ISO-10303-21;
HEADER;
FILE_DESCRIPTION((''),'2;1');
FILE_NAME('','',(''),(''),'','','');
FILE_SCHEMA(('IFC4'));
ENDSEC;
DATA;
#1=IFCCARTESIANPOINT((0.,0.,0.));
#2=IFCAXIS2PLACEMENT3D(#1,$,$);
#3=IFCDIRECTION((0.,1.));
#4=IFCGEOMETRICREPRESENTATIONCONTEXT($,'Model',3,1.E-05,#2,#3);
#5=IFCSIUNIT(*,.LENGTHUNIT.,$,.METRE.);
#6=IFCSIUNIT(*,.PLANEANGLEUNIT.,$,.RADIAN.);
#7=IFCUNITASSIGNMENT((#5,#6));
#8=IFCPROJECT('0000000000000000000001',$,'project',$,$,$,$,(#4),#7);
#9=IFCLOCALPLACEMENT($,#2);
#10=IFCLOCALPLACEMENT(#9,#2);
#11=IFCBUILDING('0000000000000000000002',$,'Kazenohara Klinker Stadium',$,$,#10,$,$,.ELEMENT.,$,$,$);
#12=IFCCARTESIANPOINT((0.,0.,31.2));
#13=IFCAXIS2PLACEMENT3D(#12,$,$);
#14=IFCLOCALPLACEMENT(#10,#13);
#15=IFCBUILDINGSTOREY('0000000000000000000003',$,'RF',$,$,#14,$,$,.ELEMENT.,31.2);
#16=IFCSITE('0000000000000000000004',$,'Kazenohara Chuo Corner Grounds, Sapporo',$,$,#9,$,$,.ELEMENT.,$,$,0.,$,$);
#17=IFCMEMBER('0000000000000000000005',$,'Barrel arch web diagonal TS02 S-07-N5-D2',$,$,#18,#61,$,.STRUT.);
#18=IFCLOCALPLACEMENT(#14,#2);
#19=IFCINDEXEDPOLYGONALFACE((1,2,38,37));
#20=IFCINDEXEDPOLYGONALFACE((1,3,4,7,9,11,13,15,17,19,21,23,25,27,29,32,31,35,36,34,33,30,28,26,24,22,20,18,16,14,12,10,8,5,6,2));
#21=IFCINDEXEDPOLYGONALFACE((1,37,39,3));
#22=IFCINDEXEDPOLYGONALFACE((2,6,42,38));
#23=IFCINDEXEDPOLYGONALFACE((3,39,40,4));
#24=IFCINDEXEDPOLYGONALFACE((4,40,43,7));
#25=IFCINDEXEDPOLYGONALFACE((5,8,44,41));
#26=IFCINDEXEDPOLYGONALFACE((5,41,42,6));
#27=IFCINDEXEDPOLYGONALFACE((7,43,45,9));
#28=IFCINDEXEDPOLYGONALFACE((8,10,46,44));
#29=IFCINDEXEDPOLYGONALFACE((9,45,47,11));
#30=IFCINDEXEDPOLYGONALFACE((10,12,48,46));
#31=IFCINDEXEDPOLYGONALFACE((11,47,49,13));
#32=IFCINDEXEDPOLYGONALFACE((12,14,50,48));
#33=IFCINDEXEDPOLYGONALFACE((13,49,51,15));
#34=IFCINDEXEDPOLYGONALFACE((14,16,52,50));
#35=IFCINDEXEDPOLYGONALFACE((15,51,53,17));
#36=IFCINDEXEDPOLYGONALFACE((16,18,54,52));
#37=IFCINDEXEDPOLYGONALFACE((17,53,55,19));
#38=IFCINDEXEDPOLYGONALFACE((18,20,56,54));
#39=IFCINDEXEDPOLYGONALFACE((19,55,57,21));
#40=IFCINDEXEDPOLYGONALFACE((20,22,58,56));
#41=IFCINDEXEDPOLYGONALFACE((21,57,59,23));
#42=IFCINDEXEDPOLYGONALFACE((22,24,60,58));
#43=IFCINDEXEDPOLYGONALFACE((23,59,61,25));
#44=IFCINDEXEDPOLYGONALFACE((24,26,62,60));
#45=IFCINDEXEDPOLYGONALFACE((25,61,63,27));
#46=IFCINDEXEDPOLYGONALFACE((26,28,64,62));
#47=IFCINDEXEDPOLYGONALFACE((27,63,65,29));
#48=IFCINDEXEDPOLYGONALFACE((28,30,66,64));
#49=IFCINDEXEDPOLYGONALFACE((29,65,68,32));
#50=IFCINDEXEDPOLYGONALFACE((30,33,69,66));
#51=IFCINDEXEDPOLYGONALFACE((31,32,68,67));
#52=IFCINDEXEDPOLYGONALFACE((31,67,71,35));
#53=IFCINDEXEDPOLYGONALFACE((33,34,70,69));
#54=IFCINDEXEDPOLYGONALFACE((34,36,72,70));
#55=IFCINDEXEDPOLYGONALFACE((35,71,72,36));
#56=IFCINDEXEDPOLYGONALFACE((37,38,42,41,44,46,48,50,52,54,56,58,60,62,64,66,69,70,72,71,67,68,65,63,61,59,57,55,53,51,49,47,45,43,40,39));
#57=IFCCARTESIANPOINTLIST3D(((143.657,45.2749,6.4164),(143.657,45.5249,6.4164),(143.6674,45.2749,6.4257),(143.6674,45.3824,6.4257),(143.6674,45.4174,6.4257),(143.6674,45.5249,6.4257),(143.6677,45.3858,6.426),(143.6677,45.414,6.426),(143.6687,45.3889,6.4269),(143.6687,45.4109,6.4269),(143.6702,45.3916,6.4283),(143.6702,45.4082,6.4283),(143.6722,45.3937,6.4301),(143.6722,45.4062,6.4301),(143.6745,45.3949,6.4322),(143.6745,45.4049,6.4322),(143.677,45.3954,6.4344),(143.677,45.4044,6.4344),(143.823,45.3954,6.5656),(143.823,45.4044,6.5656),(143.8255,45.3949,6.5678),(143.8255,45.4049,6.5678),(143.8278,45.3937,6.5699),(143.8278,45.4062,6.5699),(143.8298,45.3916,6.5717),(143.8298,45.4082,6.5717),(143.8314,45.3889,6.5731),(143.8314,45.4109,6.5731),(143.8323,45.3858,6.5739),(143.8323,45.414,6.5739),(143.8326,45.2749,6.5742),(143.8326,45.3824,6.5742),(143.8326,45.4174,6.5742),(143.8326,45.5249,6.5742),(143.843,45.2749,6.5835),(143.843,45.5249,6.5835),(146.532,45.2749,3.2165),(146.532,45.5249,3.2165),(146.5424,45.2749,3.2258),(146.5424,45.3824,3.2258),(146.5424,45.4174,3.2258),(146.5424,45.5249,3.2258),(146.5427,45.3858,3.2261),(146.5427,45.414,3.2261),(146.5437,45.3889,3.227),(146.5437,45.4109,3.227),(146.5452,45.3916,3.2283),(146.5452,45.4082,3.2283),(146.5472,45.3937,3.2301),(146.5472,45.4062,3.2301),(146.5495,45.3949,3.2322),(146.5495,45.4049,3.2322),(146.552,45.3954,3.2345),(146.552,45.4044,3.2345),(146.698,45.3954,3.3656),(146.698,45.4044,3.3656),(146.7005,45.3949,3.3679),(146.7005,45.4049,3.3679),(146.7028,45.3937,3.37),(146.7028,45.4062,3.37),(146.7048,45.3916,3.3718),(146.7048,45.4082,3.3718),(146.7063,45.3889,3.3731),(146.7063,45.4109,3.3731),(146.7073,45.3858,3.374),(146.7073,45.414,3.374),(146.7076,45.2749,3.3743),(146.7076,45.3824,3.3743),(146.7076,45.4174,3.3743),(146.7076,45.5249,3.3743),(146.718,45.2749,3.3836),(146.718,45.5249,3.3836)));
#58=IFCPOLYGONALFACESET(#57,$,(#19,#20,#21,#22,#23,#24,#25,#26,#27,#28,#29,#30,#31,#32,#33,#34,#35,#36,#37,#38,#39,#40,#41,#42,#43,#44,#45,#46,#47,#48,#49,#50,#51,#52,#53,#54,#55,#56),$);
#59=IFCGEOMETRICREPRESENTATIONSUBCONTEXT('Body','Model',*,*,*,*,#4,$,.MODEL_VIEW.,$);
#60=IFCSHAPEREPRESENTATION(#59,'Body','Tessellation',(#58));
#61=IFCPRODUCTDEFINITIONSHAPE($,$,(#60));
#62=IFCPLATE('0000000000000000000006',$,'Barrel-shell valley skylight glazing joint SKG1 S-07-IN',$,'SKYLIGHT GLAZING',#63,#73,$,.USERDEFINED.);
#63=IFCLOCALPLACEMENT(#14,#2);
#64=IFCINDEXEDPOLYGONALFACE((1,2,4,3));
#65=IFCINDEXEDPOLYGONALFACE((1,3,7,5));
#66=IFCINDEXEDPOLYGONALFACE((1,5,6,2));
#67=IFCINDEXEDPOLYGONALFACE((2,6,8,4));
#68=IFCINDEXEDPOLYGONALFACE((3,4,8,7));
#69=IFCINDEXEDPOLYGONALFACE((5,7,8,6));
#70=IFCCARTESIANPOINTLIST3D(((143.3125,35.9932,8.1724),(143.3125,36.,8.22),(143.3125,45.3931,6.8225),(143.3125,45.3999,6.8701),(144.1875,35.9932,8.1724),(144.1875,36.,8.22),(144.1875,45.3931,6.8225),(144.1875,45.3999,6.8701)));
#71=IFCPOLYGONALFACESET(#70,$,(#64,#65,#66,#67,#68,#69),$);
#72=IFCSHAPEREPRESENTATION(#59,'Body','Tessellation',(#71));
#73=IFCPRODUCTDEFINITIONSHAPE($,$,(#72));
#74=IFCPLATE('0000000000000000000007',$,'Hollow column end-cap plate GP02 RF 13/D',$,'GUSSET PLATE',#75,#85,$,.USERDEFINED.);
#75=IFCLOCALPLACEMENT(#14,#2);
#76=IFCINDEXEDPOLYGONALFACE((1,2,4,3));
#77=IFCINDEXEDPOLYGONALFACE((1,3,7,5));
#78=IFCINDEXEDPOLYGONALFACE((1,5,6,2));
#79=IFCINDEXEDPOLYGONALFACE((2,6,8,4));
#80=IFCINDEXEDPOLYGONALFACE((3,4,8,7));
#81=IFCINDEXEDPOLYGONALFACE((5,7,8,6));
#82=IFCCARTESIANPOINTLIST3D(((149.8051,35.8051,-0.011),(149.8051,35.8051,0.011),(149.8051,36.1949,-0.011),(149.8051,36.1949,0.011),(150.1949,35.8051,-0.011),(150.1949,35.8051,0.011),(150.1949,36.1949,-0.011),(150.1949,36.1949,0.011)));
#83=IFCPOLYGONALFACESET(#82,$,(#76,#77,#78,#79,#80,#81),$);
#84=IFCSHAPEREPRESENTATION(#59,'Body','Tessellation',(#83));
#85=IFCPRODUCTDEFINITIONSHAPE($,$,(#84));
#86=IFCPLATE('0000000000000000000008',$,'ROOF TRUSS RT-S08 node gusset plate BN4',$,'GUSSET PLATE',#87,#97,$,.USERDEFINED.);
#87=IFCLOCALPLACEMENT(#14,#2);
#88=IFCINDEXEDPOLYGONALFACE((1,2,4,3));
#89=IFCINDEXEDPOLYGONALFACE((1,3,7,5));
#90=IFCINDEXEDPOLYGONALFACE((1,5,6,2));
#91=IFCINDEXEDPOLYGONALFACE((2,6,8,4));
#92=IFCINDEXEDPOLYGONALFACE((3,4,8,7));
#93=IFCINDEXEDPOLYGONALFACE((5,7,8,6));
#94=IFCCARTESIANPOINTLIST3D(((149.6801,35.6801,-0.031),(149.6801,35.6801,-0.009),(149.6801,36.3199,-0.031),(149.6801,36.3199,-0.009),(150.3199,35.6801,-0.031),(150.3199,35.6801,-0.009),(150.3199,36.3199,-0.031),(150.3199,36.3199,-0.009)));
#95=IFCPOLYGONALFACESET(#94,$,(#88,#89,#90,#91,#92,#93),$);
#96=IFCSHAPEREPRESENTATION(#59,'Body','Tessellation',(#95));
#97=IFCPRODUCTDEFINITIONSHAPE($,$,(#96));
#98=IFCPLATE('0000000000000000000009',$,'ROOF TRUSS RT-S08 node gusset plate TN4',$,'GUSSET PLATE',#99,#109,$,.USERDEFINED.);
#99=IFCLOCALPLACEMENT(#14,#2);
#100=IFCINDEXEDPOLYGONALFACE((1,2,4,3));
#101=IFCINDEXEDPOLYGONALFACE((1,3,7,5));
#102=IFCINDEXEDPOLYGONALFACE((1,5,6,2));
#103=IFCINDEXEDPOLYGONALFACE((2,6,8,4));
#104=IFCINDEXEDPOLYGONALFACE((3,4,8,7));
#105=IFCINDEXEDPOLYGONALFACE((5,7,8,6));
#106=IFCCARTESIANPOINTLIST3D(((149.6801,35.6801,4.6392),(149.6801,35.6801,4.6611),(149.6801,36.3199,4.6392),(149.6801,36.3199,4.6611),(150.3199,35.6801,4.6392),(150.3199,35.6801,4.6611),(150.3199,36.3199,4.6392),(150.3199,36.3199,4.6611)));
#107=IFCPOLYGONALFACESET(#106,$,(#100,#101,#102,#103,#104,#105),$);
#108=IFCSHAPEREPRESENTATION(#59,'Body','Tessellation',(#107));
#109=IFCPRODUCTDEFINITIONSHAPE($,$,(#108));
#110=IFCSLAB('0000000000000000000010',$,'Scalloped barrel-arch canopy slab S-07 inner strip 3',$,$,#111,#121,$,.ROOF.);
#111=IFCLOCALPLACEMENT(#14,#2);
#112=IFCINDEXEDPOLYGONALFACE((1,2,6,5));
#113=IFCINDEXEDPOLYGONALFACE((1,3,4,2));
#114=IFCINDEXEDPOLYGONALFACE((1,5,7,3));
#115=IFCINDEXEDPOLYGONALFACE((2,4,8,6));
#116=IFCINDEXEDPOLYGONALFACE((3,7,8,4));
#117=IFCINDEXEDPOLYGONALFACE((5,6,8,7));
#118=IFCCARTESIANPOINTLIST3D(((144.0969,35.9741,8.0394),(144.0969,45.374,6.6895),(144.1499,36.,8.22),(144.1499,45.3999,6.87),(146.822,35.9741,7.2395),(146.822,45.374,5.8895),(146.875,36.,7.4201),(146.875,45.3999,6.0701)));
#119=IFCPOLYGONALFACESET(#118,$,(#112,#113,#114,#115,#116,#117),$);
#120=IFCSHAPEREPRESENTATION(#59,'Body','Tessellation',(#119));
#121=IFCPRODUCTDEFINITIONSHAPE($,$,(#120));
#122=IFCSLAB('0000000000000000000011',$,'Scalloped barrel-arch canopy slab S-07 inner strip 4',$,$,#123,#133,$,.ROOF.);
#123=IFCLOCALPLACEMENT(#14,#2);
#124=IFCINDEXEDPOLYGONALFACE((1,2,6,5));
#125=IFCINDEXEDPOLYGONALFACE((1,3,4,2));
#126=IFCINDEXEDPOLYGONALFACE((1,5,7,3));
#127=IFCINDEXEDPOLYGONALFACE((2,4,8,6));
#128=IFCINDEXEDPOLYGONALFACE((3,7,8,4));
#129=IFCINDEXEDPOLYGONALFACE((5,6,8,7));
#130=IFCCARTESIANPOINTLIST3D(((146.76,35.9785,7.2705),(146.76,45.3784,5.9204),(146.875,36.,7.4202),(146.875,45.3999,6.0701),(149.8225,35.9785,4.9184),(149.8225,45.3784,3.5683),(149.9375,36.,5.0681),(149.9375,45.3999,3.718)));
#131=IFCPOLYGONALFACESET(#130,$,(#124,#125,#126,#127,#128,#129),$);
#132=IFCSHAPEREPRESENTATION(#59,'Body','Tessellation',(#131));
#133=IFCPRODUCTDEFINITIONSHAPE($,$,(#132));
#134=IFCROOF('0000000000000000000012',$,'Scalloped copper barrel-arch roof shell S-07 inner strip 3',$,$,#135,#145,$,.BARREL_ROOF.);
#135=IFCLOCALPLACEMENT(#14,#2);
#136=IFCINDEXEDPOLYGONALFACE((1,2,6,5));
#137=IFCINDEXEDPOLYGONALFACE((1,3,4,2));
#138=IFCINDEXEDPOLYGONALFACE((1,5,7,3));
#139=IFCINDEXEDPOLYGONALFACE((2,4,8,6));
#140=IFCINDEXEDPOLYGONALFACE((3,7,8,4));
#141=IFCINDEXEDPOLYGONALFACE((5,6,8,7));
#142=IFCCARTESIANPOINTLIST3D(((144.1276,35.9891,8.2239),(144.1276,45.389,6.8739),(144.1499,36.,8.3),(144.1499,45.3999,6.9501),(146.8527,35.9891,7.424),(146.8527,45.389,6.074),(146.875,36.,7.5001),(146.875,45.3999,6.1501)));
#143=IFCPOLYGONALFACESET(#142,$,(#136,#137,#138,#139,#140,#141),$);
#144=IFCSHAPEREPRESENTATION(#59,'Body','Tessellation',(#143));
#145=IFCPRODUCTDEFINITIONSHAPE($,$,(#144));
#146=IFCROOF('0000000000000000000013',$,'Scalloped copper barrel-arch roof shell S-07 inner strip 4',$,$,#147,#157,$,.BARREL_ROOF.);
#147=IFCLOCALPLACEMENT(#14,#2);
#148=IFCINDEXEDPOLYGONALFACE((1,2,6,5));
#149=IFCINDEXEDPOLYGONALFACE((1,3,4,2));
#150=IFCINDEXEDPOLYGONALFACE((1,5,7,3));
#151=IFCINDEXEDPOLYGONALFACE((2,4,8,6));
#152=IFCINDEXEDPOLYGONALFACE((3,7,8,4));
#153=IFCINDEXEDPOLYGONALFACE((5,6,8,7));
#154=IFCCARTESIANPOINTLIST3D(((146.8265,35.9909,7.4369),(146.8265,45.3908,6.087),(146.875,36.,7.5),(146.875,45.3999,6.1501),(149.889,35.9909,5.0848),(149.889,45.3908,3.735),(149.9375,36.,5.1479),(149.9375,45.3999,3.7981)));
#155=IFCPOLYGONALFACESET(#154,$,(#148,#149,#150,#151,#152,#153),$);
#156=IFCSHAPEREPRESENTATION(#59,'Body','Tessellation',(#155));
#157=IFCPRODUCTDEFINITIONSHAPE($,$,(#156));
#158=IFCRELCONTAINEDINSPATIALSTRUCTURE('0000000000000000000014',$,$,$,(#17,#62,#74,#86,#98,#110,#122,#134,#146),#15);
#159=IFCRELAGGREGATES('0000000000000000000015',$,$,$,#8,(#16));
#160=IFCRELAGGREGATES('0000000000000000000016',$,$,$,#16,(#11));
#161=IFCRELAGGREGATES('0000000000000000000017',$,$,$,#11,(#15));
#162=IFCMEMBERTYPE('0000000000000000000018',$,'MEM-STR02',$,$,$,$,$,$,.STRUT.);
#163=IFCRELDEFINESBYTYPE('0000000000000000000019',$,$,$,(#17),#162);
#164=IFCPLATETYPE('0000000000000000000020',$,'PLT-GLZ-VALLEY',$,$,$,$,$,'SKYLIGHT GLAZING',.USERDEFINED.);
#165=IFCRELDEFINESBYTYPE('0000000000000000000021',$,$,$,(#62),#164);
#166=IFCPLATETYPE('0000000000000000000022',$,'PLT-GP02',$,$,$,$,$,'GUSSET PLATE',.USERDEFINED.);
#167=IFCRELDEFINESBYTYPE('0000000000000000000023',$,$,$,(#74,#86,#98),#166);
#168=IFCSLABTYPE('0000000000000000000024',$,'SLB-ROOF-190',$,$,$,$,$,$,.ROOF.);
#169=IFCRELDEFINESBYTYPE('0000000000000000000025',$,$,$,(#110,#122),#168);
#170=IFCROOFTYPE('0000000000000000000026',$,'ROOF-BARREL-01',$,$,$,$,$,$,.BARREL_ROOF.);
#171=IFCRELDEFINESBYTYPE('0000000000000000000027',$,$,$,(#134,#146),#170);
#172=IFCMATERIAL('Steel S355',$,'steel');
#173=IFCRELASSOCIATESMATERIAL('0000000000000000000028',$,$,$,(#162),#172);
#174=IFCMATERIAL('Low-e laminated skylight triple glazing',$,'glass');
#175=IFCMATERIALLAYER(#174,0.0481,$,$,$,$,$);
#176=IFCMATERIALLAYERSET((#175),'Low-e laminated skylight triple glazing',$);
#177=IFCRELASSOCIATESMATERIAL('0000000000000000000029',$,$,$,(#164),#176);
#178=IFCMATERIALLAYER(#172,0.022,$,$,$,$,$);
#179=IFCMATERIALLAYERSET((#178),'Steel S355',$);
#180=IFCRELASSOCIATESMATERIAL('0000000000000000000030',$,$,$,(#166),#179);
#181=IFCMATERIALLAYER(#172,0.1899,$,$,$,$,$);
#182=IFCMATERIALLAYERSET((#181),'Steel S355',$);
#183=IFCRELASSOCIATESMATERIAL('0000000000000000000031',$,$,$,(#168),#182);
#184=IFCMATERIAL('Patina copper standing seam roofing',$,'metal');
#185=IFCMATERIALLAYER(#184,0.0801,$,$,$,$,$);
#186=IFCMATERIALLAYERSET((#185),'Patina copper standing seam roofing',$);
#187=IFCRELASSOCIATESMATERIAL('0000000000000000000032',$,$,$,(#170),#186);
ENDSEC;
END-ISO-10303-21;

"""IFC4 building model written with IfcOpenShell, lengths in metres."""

from ifc_helpers import new_model, si_unit, direction, frame, origin, origin_2d, place, context, subcontext, project, spatial, polyline, rectangle, i_section, outline, extrude, material, layer, layer_set, material_profile, profile_set, type_object, element, save


model = new_model("IFC4")

# Units and contexts
model_context = context("Model", 3, precision=1e-05, world=origin(), true_north=direction((0.0, 1.0)))
body_context = subcontext(model_context, "Body", "Model", "MODEL_VIEW")
ifc_project = project(units=[si_unit("LENGTHUNIT", "METRE"), si_unit("PLANEANGLEUNIT", "RADIAN")], contexts=[model_context])

# Site, building, storey
site_placement = place(None, origin())
site = spatial("IfcSite", under=ifc_project, at=site_placement, Name="Kazenohara Chuo Corner Grounds, Sapporo", CompositionType="ELEMENT", RefElevation=0.0)
building_placement = place(site_placement, origin())
building = spatial("IfcBuilding", under=site, at=building_placement, Name="Kazenohara Klinker Stadium", CompositionType="ELEMENT")
storey_placement = place(building_placement, frame((0.0, 0.0, 31.2)))
storey = spatial("IfcBuildingStorey", under=building, at=storey_placement, Name="RF", CompositionType="ELEMENT", Elevation=31.2)

# Member
ifc_material_1 = material(Name="Steel S355", Category="steel")
ifc_material_profile_1 = material_profile(ifc_material_1, i_section(OverallWidth=0.25, OverallDepth=0.25, WebThickness=0.009, FlangeThickness=0.0139, FilletRadius=0.0129, at=origin_2d()), Name="H-250x250x9x14")
ifc_profile_set_1 = profile_set([ifc_material_profile_1], Name="Steel S355")
member_type_1 = type_object("IfcMemberType", Name="MEM-STR02", PredefinedType="STRUT", material=ifc_profile_set_1)
for number, where, z_axis, x_axis, name in (
    (1, (146.625, 45.3999, 3.3), (-0.668328, 0.0, 0.743867), (0.0, -1.0, 0.0), "Barrel arch web diagonal TS02 S-07-N5-D2"),
):
    element("IfcMember", number, at=place(storey_placement, frame(where, z_axis=z_axis, x_axis=x_axis)), inside=storey, type_object=member_type_1, Name=name, PredefinedType="STRUT", context=body_context, shape_type="SweptSolid", body=[
        extrude(i_section(OverallWidth=0.25, OverallDepth=0.25, WebThickness=0.009, FlangeThickness=0.0139, FilletRadius=0.0129, at=origin_2d()), origin(), (0.0, 0.0, 1.0), 4.3018),
    ])

# Plates
ifc_material_2 = material(Name="Low-e laminated skylight triple glazing", Category="glass")
ifc_layer_1 = layer(ifc_material_2, 0.0481)
ifc_layer_set_1 = layer_set([ifc_layer_1], Name="Low-e laminated skylight triple glazing")
plate_type_1 = type_object("IfcPlateType", Name="PLT-GLZ-VALLEY", ElementType="SKYLIGHT GLAZING", PredefinedType="USERDEFINED", material=ifc_layer_set_1)
plate_1_placement = place(storey_placement, frame((143.3125, 36.0, 8.22), z_axis=(0.0, 0.142145, 0.989846), x_axis=(0.0, 0.989846, -0.142145)))
element("IfcPlate", 2, at=plate_1_placement, inside=storey, type_object=plate_type_1, Name="Barrel-shell valley skylight glazing joint SKG1 S-07-IN", ObjectType="SKYLIGHT GLAZING", PredefinedType="USERDEFINED", context=body_context, shape_type="SweptSolid", body=[
    extrude(outline(polyline([(0.0, 0.0), (9.4963, 0.0), (9.4963, -0.875), (0.0, -0.875), (0.0, 0.0)])), origin(), (0.0, 0.0, -1.0), 0.0481),
])
ifc_layer_2 = layer(ifc_material_1, 0.022)
ifc_layer_set_2 = layer_set([ifc_layer_2], Name="Steel S355")
plate_type_2 = type_object("IfcPlateType", Name="PLT-GP02", ElementType="GUSSET PLATE", PredefinedType="USERDEFINED", material=ifc_layer_set_2)
plate_2_placement = place(storey_placement, frame((150.0, 36.0, -0.011), z_axis=(0.0, 0.0, 1.0), x_axis=(1.0, 0.0, 0.0)))
element("IfcPlate", 3, at=plate_2_placement, inside=storey, type_object=plate_type_2, Name="Hollow column end-cap plate GP02 RF 13/D", ObjectType="GUSSET PLATE", PredefinedType="USERDEFINED", context=body_context, shape_type="SweptSolid", body=[
    extrude(rectangle(XDim=0.3899, YDim=0.3899, at=origin_2d()), origin(), (0.0, 0.0, 1.0), 0.022),
])
for number, where, z_axis, x_axis, name in (
    (4, (150.0, 36.0, -0.031), (0.0, 0.0, 1.0), (1.0, 0.0, 0.0), "ROOF TRUSS RT-S08 node gusset plate BN4"),
    (5, (150.0, 36.0, 4.6392), (0.0, 0.0, 1.0), (1.0, 0.0, 0.0), "ROOF TRUSS RT-S08 node gusset plate TN4"),
):
    element("IfcPlate", number, at=place(storey_placement, frame(where, z_axis=z_axis, x_axis=x_axis)), inside=storey, type_object=plate_type_2, Name=name, ObjectType="GUSSET PLATE", PredefinedType="USERDEFINED", context=body_context, shape_type="SweptSolid", body=[
        extrude(rectangle(XDim=0.6399, YDim=0.6399, at=origin_2d()), origin(), (0.0, 0.0, 1.0), 0.022),
    ])

# Slabs
ifc_layer_3 = layer(ifc_material_1, 0.1899)
ifc_layer_set_3 = layer_set([ifc_layer_3], Name="Steel S355")
slab_type = type_object("IfcSlabType", Name="SLB-ROOF-190", PredefinedType="ROOF", material=ifc_layer_set_3)
slab_1_placement = place(storey_placement, frame((144.1499, 36.0, 8.22), z_axis=(0.27902, 0.136512, 0.950533), x_axis=(-0.000003, 0.989844, -0.142156)))
element("IfcSlab", 6, at=slab_1_placement, inside=storey, type_object=slab_type, Name="Scalloped barrel-arch canopy slab S-07 inner strip 3", PredefinedType="ROOF", context=body_context, shape_type="SweptSolid", body=[
    extrude(outline(polyline([(0.0, 0.0), (9.4963, 0.0), (9.6101, -2.8378), (0.1137, -2.8378), (0.0, 0.0)])), origin(), (0.0, 0.0, -1.0), 0.1899),
])
slab_2_placement = place(storey_placement, frame((146.875, 36.0, 7.4202), z_axis=(0.605192, 0.113179, 0.787993), x_axis=(0.0, 0.989842, -0.14217)))
element("IfcSlab", 7, at=slab_2_placement, inside=storey, type_object=slab_type, Name="Scalloped barrel-arch canopy slab S-07 inner strip 4", PredefinedType="ROOF", context=body_context, shape_type="SweptSolid", body=[
    extrude(outline(polyline([(0.0, 0.0), (9.4964, 0.0), (9.8308, -3.847), (0.3344, -3.847), (0.0, 0.0)])), origin(), (0.0, 0.0, -1.0), 0.1899),
])

# Roofs
ifc_material_3 = material(Name="Patina copper standing seam roofing", Category="metal")
ifc_layer_4 = layer(ifc_material_3, 0.0801)
ifc_layer_set_4 = layer_set([ifc_layer_4], Name="Patina copper standing seam roofing")
roof_type = type_object("IfcRoofType", Name="ROOF-BARREL-01", PredefinedType="BARREL_ROOF", material=ifc_layer_set_4)
roof_1_placement = place(storey_placement, frame((144.1499, 36.0, 8.3), z_axis=(0.27902, 0.136512, 0.950533), x_axis=(0.000003, 0.989844, -0.142158)))
element("IfcRoof", 8, at=roof_1_placement, inside=storey, type_object=roof_type, Name="Scalloped copper barrel-arch roof shell S-07 inner strip 3", PredefinedType="BARREL_ROOF", context=body_context, shape_type="SweptSolid", body=[
    extrude(outline(polyline([(0.0, 0.0), (9.4964, 0.0), (9.6101, -2.8378), (0.1137, -2.8378), (0.0, 0.0)])), origin(), (0.0, 0.0, -1.0), 0.0801),
])
roof_2_placement = place(storey_placement, frame((146.875, 36.0, 7.5), z_axis=(0.605193, 0.113158, 0.787995), x_axis=(0.0, 0.989846, -0.142145)))
element("IfcRoof", 9, at=roof_2_placement, inside=storey, type_object=roof_type, Name="Scalloped copper barrel-arch roof shell S-07 inner strip 4", PredefinedType="BARREL_ROOF", context=body_context, shape_type="SweptSolid", body=[
    extrude(outline(polyline([(0.0, 0.0), (9.4963, 0.0), (9.8307, -3.847), (0.3343, -3.847), (0.0, 0.0)])), origin(), (0.0, 0.0, -1.0), 0.0801),
])

save(model, "model.ifc")
